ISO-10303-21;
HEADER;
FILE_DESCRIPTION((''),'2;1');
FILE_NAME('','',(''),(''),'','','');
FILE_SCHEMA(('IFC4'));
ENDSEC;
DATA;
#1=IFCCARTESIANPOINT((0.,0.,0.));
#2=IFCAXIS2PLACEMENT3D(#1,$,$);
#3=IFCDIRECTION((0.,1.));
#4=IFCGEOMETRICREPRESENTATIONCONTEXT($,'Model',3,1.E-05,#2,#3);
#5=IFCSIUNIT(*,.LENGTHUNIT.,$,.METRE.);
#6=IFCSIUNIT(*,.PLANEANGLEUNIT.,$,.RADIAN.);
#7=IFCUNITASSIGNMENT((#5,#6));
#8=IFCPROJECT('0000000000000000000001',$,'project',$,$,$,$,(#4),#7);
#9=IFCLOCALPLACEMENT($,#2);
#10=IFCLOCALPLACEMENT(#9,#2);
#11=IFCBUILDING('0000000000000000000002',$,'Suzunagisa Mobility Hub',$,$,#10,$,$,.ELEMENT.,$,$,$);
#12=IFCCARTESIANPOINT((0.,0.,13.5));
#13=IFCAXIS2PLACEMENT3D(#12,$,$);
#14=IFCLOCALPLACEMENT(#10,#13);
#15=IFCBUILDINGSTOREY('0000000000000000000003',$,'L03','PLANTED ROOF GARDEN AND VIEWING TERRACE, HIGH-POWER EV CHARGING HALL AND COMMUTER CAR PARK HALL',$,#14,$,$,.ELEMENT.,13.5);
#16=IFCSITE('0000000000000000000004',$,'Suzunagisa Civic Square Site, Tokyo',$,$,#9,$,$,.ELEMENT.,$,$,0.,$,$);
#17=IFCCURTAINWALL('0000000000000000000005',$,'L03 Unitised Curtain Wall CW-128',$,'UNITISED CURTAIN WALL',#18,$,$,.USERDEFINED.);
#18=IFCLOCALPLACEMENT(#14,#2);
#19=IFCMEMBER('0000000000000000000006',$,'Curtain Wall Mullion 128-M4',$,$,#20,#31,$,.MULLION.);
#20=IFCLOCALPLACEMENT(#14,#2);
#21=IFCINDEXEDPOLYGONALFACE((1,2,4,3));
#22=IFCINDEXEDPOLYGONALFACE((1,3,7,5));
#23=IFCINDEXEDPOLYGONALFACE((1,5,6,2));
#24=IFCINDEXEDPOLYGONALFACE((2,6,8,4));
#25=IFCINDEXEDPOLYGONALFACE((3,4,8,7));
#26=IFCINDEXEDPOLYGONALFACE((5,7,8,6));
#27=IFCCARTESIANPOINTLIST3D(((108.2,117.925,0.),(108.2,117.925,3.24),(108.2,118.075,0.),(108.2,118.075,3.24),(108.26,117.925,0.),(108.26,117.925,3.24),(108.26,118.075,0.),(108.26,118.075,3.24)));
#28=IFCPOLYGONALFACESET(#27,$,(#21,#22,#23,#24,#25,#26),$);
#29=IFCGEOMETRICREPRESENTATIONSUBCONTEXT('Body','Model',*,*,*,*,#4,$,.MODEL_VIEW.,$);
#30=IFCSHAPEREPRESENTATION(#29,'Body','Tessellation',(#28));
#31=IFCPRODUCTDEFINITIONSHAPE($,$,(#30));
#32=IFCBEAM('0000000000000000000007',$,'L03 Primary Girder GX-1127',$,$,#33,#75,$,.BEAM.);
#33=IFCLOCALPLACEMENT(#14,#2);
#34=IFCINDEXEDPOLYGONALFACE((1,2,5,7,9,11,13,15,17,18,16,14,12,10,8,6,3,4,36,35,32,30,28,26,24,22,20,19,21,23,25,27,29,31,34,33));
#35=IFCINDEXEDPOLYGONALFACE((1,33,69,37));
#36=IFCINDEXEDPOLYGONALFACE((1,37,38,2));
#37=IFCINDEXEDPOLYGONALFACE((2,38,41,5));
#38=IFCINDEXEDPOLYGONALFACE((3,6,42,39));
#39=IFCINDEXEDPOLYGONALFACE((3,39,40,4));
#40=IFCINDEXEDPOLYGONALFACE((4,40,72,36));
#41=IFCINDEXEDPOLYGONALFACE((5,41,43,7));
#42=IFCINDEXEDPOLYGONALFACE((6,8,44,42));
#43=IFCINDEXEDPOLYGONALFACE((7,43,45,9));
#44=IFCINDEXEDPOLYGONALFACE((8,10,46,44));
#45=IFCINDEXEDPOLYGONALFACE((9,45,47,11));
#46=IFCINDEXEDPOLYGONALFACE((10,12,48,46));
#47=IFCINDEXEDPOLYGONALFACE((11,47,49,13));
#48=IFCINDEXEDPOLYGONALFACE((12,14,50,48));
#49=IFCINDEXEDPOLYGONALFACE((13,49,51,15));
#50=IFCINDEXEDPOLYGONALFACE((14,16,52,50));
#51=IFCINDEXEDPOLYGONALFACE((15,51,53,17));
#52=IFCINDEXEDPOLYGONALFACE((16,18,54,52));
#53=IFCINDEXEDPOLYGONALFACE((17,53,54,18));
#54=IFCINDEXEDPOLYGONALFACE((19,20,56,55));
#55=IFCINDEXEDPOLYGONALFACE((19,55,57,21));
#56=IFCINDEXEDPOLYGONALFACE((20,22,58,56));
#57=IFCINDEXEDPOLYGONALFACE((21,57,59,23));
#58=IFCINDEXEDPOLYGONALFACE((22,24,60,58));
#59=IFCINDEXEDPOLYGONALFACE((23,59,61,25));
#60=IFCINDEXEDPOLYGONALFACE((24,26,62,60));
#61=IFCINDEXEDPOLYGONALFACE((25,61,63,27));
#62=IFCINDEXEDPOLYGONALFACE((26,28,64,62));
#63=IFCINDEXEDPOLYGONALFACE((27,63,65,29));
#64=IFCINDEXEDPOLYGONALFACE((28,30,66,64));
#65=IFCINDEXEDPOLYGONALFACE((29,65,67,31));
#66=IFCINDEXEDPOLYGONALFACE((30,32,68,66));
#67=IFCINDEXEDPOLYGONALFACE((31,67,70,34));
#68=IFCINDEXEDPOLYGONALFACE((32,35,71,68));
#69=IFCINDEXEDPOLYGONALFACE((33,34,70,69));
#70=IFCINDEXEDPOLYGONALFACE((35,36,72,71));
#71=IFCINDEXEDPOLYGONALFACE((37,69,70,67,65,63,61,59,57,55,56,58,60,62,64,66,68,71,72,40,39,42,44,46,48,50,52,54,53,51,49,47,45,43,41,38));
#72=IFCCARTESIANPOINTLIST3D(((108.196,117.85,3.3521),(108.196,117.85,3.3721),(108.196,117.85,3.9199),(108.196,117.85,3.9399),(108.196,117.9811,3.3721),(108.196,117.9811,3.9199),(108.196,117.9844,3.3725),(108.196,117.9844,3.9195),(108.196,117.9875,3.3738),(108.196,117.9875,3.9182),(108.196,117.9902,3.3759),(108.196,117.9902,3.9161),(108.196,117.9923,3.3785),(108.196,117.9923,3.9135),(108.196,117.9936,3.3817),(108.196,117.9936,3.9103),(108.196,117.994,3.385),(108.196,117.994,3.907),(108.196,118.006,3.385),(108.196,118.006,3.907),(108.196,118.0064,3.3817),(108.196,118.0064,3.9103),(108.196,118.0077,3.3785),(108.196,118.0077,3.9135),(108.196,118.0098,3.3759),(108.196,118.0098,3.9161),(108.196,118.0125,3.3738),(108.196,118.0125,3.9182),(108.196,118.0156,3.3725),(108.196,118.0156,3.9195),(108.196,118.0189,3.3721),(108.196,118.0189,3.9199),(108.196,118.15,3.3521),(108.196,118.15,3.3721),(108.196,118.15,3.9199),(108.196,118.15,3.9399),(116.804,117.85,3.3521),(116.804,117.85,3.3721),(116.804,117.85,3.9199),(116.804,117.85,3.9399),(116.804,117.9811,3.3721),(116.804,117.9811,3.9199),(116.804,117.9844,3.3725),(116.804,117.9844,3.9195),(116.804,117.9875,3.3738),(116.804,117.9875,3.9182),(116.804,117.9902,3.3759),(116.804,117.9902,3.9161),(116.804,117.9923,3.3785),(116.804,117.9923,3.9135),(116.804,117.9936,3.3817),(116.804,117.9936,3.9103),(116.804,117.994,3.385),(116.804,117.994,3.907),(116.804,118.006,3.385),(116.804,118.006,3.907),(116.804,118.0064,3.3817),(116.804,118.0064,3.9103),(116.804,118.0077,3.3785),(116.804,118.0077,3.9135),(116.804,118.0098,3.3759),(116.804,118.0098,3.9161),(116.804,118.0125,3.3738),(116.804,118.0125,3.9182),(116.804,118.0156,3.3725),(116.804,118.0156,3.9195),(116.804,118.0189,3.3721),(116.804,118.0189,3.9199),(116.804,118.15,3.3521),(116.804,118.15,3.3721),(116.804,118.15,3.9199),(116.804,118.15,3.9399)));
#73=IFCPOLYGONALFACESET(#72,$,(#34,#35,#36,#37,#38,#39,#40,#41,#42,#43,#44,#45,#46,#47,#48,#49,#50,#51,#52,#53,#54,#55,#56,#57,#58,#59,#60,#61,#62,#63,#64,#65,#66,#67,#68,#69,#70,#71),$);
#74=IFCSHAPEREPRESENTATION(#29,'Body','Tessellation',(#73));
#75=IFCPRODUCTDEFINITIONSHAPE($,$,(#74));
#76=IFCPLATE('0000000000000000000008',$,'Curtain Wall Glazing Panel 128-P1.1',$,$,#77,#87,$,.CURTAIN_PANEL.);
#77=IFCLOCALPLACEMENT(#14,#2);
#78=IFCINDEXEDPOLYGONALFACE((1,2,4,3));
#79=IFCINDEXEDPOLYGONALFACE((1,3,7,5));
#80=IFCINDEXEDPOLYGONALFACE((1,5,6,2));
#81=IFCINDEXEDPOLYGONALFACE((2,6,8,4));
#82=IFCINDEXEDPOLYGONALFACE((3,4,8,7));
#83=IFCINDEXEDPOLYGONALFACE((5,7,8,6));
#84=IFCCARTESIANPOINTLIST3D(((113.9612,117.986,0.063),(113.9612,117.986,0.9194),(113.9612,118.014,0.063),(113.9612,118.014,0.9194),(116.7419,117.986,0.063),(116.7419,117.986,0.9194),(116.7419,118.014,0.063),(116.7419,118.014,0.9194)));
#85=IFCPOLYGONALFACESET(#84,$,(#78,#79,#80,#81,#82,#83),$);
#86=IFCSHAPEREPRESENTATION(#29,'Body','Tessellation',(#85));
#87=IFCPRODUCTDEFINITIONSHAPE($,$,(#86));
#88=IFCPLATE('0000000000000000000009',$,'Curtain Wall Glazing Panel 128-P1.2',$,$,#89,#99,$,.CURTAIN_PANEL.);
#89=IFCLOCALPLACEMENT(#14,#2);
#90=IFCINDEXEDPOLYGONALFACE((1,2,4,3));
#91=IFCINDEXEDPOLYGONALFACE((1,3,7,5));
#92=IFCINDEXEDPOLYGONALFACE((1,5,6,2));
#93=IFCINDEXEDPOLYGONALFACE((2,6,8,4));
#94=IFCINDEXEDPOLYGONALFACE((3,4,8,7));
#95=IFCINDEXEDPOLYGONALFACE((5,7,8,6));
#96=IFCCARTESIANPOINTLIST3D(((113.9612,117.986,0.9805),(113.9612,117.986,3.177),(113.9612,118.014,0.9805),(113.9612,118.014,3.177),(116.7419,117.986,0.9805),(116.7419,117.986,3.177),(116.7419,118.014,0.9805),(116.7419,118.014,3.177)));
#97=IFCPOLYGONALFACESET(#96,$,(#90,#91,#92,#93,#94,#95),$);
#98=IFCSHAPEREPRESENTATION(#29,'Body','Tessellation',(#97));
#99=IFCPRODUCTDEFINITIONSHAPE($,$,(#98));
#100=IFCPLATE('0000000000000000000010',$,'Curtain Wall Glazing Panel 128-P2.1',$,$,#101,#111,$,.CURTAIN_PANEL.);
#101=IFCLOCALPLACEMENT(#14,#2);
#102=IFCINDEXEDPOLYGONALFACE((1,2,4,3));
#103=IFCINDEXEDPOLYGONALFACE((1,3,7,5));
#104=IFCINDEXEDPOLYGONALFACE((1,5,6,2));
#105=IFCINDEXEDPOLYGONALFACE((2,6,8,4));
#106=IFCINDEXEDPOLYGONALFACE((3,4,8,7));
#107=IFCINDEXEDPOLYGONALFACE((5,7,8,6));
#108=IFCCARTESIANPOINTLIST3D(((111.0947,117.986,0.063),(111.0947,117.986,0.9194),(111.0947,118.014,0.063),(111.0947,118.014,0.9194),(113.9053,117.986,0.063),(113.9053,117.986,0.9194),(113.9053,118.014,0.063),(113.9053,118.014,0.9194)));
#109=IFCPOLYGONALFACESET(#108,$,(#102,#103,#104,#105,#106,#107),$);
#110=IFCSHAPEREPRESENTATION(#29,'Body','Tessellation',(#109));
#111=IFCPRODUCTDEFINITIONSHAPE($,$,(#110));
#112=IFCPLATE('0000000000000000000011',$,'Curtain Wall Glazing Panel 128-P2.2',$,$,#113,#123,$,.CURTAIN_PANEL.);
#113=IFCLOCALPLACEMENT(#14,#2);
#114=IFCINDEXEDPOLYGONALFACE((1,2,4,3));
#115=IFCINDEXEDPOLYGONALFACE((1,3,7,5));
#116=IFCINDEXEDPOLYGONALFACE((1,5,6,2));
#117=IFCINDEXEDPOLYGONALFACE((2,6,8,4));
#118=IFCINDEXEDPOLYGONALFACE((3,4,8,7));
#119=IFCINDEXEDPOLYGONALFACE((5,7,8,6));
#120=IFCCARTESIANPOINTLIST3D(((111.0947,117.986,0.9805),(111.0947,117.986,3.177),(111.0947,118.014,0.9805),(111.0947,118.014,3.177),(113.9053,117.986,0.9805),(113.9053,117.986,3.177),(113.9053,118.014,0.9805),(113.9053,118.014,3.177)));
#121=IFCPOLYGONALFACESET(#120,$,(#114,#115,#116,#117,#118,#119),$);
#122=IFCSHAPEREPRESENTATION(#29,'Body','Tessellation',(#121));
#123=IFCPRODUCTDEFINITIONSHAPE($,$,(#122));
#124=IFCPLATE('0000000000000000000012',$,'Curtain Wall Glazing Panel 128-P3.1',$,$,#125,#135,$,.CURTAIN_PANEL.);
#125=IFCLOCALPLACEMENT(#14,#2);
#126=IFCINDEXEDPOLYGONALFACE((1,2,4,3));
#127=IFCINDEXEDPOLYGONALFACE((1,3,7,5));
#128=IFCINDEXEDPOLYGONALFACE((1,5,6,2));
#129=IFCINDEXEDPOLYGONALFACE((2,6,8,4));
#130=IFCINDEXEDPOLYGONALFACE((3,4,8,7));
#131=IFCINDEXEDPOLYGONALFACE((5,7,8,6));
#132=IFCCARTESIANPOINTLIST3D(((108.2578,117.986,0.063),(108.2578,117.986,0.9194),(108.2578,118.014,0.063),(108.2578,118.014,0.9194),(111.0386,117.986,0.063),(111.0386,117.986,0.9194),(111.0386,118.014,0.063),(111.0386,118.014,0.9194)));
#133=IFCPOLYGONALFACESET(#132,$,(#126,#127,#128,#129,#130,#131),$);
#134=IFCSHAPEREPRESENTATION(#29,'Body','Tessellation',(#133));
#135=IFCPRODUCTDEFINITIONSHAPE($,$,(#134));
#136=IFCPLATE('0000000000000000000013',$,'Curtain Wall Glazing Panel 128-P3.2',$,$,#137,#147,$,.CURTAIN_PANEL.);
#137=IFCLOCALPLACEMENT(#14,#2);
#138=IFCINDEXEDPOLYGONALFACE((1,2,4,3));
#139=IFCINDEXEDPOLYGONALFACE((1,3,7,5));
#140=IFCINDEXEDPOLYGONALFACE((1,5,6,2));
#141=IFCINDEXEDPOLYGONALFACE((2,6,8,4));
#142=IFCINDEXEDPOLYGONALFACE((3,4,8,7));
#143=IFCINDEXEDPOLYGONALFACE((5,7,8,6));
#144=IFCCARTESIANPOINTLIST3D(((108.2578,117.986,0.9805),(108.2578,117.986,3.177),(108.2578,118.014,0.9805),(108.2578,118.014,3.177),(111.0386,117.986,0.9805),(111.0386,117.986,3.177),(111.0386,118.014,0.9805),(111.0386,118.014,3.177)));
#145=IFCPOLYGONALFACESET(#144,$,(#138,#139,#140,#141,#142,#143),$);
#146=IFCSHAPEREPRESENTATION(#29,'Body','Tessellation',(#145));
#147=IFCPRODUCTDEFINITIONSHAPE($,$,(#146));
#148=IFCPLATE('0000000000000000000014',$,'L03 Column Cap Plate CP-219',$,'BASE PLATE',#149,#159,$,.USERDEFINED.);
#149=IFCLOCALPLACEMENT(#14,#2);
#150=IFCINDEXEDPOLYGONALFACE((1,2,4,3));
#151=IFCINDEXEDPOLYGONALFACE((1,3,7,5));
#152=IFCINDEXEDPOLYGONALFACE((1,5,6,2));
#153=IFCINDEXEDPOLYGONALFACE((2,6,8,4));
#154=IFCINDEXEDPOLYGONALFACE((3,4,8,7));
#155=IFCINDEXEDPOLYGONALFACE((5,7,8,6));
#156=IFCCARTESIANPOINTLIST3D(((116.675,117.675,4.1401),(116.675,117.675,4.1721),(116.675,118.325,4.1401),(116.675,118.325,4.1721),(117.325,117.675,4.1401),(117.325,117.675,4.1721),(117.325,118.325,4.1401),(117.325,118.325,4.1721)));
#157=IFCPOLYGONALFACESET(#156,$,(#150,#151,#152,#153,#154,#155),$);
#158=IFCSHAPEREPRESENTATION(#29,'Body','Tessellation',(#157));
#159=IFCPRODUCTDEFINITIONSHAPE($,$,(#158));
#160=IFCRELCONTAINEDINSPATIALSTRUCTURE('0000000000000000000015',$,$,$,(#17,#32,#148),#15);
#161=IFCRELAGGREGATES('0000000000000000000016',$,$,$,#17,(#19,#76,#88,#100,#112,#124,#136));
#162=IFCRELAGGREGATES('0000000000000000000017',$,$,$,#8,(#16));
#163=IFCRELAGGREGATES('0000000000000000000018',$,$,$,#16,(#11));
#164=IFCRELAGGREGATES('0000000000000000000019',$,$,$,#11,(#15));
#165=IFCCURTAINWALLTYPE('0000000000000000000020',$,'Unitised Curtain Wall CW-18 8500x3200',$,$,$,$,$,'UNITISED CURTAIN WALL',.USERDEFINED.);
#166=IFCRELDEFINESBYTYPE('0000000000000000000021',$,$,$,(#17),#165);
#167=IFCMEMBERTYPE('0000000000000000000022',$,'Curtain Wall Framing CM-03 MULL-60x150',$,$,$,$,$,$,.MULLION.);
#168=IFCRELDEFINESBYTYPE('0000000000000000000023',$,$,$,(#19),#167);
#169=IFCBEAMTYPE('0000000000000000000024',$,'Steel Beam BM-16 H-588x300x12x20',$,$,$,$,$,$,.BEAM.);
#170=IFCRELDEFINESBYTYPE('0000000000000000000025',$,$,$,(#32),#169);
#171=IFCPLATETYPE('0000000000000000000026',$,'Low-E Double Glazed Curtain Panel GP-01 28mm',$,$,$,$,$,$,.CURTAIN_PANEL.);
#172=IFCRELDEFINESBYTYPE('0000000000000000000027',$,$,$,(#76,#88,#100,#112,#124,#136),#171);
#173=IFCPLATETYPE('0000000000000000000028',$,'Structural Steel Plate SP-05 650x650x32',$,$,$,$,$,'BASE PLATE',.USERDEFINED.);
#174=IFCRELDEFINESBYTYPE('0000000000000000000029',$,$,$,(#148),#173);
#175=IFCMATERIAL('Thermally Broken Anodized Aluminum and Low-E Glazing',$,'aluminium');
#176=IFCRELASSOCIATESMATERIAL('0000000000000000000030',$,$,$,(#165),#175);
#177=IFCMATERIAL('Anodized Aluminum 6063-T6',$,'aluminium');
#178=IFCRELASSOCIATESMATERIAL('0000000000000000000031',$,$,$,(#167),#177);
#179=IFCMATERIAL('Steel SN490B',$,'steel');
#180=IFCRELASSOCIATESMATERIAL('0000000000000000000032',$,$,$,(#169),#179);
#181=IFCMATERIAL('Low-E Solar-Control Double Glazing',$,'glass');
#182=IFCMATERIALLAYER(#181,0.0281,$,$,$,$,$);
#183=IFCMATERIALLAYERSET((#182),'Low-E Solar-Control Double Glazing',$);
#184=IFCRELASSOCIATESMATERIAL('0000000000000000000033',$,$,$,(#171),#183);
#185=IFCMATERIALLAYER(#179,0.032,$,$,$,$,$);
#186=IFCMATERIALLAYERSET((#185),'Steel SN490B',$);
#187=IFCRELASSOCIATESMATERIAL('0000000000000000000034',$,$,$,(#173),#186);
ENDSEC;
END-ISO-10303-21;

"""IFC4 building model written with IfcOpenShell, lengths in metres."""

from ifc_helpers import new_model, si_unit, direction, frame, origin, origin_2d, place, context, subcontext, project, spatial, rectangle, i_section, extrude, material, layer, layer_set, material_profile, profile_set, type_object, element, aggregate, save


model = new_model("IFC4")

# Units and contexts
model_context = context("Model", 3, precision=1e-05, world=origin(), true_north=direction((0.0, 1.0)))
body_context = subcontext(model_context, "Body", "Model", "MODEL_VIEW")
ifc_project = project(units=[si_unit("LENGTHUNIT", "METRE"), si_unit("PLANEANGLEUNIT", "RADIAN")], contexts=[model_context])

# Site, building, storey
site_placement = place(None, origin())
site = spatial("IfcSite", under=ifc_project, at=site_placement, Name="Suzunagisa Civic Square Site, Tokyo", CompositionType="ELEMENT", RefElevation=0.0)
building_placement = place(site_placement, origin())
building = spatial("IfcBuilding", under=site, at=building_placement, Name="Suzunagisa Mobility Hub", CompositionType="ELEMENT")
storey_placement = place(building_placement, frame((0.0, 0.0, 13.5)))
storey = spatial("IfcBuildingStorey", under=building, at=storey_placement, Name="L03", Description="PLANTED ROOF GARDEN AND VIEWING TERRACE, HIGH-POWER EV CHARGING HALL AND COMMUTER CAR PARK HALL", CompositionType="ELEMENT", Elevation=13.5)

# Shared definitions
ifc_material_1 = material(Name="Steel SN490B", Category="steel")

# Curtain wall
ifc_material_2 = material(Name="Thermally Broken Anodized Aluminum and Low-E Glazing", Category="aluminium")
curtain_wall_type_1 = type_object("IfcCurtainWallType", Name="Unitised Curtain Wall CW-18 8500x3200", ElementType="UNITISED CURTAIN WALL", PredefinedType="USERDEFINED", material=ifc_material_2)
curtain_wall_1_placement = place(storey_placement, origin())
curtain_wall_1 = element("IfcCurtainWall", 1, at=curtain_wall_1_placement, inside=storey, type_object=curtain_wall_type_1, Name="L03 Unitised Curtain Wall CW-128", ObjectType="UNITISED CURTAIN WALL", PredefinedType="USERDEFINED")
ifc_material_3 = material(Name="Anodized Aluminum 6063-T6", Category="aluminium")

# Shared definitions
ifc_material_profile_1 = material_profile(ifc_material_3, rectangle(XDim=0.0601, YDim=0.1499, at=origin_2d()), Name="MULL-60x150")
ifc_profile_set_1 = profile_set([ifc_material_profile_1], Name="Anodized Aluminum 6063-T6")
member_type_1 = type_object("IfcMemberType", Name="Curtain Wall Framing CM-03 MULL-60x150", PredefinedType="MULLION", material=ifc_profile_set_1)

# Member
member_1_placement = place(storey_placement, frame((108.23, 118.0, 0.0), z_axis=(0.0, 0.0, 1.0), x_axis=(-1.0, 0.0, 0.0)))
member_1 = element("IfcMember", 2, at=member_1_placement, type_object=member_type_1, Name="Curtain Wall Mullion 128-M4", PredefinedType="MULLION", context=body_context, shape_type="SweptSolid", body=[
    extrude(rectangle(XDim=0.0601, YDim=0.1499, at=origin_2d()), origin(), (0.0, 0.0, 1.0), 3.24),
])

# Beam
ifc_material_profile_2 = material_profile(ifc_material_1, i_section(OverallWidth=0.3, OverallDepth=0.5879, WebThickness=0.012, FlangeThickness=0.02, FilletRadius=0.0129, at=origin_2d()), Name="H-588x300x12x20")
ifc_profile_set_2 = profile_set([ifc_material_profile_2], Name="Steel SN490B")
beam_type = type_object("IfcBeamType", Name="Steel Beam BM-16 H-588x300x12x20", PredefinedType="BEAM", material=ifc_profile_set_2)
beam_placement = place(storey_placement, frame((108.196, 118.0, 3.646), z_axis=(1.0, 0.0, 0.0), x_axis=(0.0, 1.0, 0.0)))
element("IfcBeam", 3, at=beam_placement, inside=storey, type_object=beam_type, Name="L03 Primary Girder GX-1127", PredefinedType="BEAM", context=body_context, shape_type="SweptSolid", body=[
    extrude(i_section(OverallWidth=0.3, OverallDepth=0.5879, WebThickness=0.012, FlangeThickness=0.02, FilletRadius=0.0129, at=origin_2d()), origin(), (0.0, 0.0, 1.0), 8.6079),
])

# Plates
ifc_material_4 = material(Name="Low-E Solar-Control Double Glazing", Category="glass")
ifc_layer_1 = layer(ifc_material_4, 0.0281)
ifc_layer_set_1 = layer_set([ifc_layer_1], Name="Low-E Solar-Control Double Glazing")
plate_type_1 = type_object("IfcPlateType", Name="Low-E Double Glazed Curtain Panel GP-01 28mm", PredefinedType="CURTAIN_PANEL", material=ifc_layer_set_1)
plate_1_placement = place(storey_placement, frame((115.3516, 118.0, 0.063), z_axis=(0.0, 0.0, 1.0), x_axis=(-1.0, 0.0, 0.0)))
plate_1 = element("IfcPlate", 4, at=plate_1_placement, type_object=plate_type_1, Name="Curtain Wall Glazing Panel 128-P1.1", PredefinedType="CURTAIN_PANEL", context=body_context, shape_type="SweptSolid", body=[
    extrude(rectangle(XDim=2.7808, YDim=0.0281, at=origin_2d()), origin(), (0.0, 0.0, 1.0), 0.8564),
])
plate_2_placement = place(storey_placement, frame((115.3516, 118.0, 0.9805), z_axis=(0.0, 0.0, 1.0), x_axis=(-1.0, 0.0, 0.0)))
plate_2 = element("IfcPlate", 5, at=plate_2_placement, type_object=plate_type_1, Name="Curtain Wall Glazing Panel 128-P1.2", PredefinedType="CURTAIN_PANEL", context=body_context, shape_type="SweptSolid", body=[
    extrude(rectangle(XDim=2.7808, YDim=0.0281, at=origin_2d()), origin(), (0.0, 0.0, 1.0), 2.1965),
])
plate_3_placement = place(storey_placement, frame((112.5, 118.0, 0.063), z_axis=(0.0, 0.0, 1.0), x_axis=(-1.0, 0.0, 0.0)))
plate_3 = element("IfcPlate", 6, at=plate_3_placement, type_object=plate_type_1, Name="Curtain Wall Glazing Panel 128-P2.1", PredefinedType="CURTAIN_PANEL", context=body_context, shape_type="SweptSolid", body=[
    extrude(rectangle(XDim=2.8105, YDim=0.0281, at=origin_2d()), origin(), (0.0, 0.0, 1.0), 0.8564),
])
plate_4_placement = place(storey_placement, frame((112.5, 118.0, 0.9805), z_axis=(0.0, 0.0, 1.0), x_axis=(-1.0, 0.0, 0.0)))
plate_4 = element("IfcPlate", 7, at=plate_4_placement, type_object=plate_type_1, Name="Curtain Wall Glazing Panel 128-P2.2", PredefinedType="CURTAIN_PANEL", context=body_context, shape_type="SweptSolid", body=[
    extrude(rectangle(XDim=2.8105, YDim=0.0281, at=origin_2d()), origin(), (0.0, 0.0, 1.0), 2.1965),
])
plate_5_placement = place(storey_placement, frame((109.6482, 118.0, 0.063), z_axis=(0.0, 0.0, 1.0), x_axis=(-1.0, 0.0, 0.0)))
plate_5 = element("IfcPlate", 8, at=plate_5_placement, type_object=plate_type_1, Name="Curtain Wall Glazing Panel 128-P3.1", PredefinedType="CURTAIN_PANEL", context=body_context, shape_type="SweptSolid", body=[
    extrude(rectangle(XDim=2.7808, YDim=0.0281, at=origin_2d()), origin(), (0.0, 0.0, 1.0), 0.8564),
])
plate_6_placement = place(storey_placement, frame((109.6482, 118.0, 0.9805), z_axis=(0.0, 0.0, 1.0), x_axis=(-1.0, 0.0, 0.0)))
plate_6 = element("IfcPlate", 9, at=plate_6_placement, type_object=plate_type_1, Name="Curtain Wall Glazing Panel 128-P3.2", PredefinedType="CURTAIN_PANEL", context=body_context, shape_type="SweptSolid", body=[
    extrude(rectangle(XDim=2.7808, YDim=0.0281, at=origin_2d()), origin(), (0.0, 0.0, 1.0), 2.1965),
])
aggregate(curtain_wall_1, [member_1, plate_1, plate_2, plate_3, plate_4, plate_5, plate_6])
ifc_layer_2 = layer(ifc_material_1, 0.032)
ifc_layer_set_2 = layer_set([ifc_layer_2], Name="Steel SN490B")
plate_type_2 = type_object("IfcPlateType", Name="Structural Steel Plate SP-05 650x650x32", ElementType="BASE PLATE", PredefinedType="USERDEFINED", material=ifc_layer_set_2)
plate_7_placement = place(storey_placement, frame((117.0, 118.0, 4.1401), z_axis=(0.0, 0.0, 1.0), x_axis=(1.0, 0.0, 0.0)))
element("IfcPlate", 10, at=plate_7_placement, inside=storey, type_object=plate_type_2, Name="L03 Column Cap Plate CP-219", ObjectType="BASE PLATE", PredefinedType="USERDEFINED", context=body_context, shape_type="SweptSolid", body=[
    extrude(rectangle(XDim=0.6499, YDim=0.6499, at=origin_2d()), origin(), (0.0, 0.0, 1.0), 0.032),
])

save(model, "model.ifc")
